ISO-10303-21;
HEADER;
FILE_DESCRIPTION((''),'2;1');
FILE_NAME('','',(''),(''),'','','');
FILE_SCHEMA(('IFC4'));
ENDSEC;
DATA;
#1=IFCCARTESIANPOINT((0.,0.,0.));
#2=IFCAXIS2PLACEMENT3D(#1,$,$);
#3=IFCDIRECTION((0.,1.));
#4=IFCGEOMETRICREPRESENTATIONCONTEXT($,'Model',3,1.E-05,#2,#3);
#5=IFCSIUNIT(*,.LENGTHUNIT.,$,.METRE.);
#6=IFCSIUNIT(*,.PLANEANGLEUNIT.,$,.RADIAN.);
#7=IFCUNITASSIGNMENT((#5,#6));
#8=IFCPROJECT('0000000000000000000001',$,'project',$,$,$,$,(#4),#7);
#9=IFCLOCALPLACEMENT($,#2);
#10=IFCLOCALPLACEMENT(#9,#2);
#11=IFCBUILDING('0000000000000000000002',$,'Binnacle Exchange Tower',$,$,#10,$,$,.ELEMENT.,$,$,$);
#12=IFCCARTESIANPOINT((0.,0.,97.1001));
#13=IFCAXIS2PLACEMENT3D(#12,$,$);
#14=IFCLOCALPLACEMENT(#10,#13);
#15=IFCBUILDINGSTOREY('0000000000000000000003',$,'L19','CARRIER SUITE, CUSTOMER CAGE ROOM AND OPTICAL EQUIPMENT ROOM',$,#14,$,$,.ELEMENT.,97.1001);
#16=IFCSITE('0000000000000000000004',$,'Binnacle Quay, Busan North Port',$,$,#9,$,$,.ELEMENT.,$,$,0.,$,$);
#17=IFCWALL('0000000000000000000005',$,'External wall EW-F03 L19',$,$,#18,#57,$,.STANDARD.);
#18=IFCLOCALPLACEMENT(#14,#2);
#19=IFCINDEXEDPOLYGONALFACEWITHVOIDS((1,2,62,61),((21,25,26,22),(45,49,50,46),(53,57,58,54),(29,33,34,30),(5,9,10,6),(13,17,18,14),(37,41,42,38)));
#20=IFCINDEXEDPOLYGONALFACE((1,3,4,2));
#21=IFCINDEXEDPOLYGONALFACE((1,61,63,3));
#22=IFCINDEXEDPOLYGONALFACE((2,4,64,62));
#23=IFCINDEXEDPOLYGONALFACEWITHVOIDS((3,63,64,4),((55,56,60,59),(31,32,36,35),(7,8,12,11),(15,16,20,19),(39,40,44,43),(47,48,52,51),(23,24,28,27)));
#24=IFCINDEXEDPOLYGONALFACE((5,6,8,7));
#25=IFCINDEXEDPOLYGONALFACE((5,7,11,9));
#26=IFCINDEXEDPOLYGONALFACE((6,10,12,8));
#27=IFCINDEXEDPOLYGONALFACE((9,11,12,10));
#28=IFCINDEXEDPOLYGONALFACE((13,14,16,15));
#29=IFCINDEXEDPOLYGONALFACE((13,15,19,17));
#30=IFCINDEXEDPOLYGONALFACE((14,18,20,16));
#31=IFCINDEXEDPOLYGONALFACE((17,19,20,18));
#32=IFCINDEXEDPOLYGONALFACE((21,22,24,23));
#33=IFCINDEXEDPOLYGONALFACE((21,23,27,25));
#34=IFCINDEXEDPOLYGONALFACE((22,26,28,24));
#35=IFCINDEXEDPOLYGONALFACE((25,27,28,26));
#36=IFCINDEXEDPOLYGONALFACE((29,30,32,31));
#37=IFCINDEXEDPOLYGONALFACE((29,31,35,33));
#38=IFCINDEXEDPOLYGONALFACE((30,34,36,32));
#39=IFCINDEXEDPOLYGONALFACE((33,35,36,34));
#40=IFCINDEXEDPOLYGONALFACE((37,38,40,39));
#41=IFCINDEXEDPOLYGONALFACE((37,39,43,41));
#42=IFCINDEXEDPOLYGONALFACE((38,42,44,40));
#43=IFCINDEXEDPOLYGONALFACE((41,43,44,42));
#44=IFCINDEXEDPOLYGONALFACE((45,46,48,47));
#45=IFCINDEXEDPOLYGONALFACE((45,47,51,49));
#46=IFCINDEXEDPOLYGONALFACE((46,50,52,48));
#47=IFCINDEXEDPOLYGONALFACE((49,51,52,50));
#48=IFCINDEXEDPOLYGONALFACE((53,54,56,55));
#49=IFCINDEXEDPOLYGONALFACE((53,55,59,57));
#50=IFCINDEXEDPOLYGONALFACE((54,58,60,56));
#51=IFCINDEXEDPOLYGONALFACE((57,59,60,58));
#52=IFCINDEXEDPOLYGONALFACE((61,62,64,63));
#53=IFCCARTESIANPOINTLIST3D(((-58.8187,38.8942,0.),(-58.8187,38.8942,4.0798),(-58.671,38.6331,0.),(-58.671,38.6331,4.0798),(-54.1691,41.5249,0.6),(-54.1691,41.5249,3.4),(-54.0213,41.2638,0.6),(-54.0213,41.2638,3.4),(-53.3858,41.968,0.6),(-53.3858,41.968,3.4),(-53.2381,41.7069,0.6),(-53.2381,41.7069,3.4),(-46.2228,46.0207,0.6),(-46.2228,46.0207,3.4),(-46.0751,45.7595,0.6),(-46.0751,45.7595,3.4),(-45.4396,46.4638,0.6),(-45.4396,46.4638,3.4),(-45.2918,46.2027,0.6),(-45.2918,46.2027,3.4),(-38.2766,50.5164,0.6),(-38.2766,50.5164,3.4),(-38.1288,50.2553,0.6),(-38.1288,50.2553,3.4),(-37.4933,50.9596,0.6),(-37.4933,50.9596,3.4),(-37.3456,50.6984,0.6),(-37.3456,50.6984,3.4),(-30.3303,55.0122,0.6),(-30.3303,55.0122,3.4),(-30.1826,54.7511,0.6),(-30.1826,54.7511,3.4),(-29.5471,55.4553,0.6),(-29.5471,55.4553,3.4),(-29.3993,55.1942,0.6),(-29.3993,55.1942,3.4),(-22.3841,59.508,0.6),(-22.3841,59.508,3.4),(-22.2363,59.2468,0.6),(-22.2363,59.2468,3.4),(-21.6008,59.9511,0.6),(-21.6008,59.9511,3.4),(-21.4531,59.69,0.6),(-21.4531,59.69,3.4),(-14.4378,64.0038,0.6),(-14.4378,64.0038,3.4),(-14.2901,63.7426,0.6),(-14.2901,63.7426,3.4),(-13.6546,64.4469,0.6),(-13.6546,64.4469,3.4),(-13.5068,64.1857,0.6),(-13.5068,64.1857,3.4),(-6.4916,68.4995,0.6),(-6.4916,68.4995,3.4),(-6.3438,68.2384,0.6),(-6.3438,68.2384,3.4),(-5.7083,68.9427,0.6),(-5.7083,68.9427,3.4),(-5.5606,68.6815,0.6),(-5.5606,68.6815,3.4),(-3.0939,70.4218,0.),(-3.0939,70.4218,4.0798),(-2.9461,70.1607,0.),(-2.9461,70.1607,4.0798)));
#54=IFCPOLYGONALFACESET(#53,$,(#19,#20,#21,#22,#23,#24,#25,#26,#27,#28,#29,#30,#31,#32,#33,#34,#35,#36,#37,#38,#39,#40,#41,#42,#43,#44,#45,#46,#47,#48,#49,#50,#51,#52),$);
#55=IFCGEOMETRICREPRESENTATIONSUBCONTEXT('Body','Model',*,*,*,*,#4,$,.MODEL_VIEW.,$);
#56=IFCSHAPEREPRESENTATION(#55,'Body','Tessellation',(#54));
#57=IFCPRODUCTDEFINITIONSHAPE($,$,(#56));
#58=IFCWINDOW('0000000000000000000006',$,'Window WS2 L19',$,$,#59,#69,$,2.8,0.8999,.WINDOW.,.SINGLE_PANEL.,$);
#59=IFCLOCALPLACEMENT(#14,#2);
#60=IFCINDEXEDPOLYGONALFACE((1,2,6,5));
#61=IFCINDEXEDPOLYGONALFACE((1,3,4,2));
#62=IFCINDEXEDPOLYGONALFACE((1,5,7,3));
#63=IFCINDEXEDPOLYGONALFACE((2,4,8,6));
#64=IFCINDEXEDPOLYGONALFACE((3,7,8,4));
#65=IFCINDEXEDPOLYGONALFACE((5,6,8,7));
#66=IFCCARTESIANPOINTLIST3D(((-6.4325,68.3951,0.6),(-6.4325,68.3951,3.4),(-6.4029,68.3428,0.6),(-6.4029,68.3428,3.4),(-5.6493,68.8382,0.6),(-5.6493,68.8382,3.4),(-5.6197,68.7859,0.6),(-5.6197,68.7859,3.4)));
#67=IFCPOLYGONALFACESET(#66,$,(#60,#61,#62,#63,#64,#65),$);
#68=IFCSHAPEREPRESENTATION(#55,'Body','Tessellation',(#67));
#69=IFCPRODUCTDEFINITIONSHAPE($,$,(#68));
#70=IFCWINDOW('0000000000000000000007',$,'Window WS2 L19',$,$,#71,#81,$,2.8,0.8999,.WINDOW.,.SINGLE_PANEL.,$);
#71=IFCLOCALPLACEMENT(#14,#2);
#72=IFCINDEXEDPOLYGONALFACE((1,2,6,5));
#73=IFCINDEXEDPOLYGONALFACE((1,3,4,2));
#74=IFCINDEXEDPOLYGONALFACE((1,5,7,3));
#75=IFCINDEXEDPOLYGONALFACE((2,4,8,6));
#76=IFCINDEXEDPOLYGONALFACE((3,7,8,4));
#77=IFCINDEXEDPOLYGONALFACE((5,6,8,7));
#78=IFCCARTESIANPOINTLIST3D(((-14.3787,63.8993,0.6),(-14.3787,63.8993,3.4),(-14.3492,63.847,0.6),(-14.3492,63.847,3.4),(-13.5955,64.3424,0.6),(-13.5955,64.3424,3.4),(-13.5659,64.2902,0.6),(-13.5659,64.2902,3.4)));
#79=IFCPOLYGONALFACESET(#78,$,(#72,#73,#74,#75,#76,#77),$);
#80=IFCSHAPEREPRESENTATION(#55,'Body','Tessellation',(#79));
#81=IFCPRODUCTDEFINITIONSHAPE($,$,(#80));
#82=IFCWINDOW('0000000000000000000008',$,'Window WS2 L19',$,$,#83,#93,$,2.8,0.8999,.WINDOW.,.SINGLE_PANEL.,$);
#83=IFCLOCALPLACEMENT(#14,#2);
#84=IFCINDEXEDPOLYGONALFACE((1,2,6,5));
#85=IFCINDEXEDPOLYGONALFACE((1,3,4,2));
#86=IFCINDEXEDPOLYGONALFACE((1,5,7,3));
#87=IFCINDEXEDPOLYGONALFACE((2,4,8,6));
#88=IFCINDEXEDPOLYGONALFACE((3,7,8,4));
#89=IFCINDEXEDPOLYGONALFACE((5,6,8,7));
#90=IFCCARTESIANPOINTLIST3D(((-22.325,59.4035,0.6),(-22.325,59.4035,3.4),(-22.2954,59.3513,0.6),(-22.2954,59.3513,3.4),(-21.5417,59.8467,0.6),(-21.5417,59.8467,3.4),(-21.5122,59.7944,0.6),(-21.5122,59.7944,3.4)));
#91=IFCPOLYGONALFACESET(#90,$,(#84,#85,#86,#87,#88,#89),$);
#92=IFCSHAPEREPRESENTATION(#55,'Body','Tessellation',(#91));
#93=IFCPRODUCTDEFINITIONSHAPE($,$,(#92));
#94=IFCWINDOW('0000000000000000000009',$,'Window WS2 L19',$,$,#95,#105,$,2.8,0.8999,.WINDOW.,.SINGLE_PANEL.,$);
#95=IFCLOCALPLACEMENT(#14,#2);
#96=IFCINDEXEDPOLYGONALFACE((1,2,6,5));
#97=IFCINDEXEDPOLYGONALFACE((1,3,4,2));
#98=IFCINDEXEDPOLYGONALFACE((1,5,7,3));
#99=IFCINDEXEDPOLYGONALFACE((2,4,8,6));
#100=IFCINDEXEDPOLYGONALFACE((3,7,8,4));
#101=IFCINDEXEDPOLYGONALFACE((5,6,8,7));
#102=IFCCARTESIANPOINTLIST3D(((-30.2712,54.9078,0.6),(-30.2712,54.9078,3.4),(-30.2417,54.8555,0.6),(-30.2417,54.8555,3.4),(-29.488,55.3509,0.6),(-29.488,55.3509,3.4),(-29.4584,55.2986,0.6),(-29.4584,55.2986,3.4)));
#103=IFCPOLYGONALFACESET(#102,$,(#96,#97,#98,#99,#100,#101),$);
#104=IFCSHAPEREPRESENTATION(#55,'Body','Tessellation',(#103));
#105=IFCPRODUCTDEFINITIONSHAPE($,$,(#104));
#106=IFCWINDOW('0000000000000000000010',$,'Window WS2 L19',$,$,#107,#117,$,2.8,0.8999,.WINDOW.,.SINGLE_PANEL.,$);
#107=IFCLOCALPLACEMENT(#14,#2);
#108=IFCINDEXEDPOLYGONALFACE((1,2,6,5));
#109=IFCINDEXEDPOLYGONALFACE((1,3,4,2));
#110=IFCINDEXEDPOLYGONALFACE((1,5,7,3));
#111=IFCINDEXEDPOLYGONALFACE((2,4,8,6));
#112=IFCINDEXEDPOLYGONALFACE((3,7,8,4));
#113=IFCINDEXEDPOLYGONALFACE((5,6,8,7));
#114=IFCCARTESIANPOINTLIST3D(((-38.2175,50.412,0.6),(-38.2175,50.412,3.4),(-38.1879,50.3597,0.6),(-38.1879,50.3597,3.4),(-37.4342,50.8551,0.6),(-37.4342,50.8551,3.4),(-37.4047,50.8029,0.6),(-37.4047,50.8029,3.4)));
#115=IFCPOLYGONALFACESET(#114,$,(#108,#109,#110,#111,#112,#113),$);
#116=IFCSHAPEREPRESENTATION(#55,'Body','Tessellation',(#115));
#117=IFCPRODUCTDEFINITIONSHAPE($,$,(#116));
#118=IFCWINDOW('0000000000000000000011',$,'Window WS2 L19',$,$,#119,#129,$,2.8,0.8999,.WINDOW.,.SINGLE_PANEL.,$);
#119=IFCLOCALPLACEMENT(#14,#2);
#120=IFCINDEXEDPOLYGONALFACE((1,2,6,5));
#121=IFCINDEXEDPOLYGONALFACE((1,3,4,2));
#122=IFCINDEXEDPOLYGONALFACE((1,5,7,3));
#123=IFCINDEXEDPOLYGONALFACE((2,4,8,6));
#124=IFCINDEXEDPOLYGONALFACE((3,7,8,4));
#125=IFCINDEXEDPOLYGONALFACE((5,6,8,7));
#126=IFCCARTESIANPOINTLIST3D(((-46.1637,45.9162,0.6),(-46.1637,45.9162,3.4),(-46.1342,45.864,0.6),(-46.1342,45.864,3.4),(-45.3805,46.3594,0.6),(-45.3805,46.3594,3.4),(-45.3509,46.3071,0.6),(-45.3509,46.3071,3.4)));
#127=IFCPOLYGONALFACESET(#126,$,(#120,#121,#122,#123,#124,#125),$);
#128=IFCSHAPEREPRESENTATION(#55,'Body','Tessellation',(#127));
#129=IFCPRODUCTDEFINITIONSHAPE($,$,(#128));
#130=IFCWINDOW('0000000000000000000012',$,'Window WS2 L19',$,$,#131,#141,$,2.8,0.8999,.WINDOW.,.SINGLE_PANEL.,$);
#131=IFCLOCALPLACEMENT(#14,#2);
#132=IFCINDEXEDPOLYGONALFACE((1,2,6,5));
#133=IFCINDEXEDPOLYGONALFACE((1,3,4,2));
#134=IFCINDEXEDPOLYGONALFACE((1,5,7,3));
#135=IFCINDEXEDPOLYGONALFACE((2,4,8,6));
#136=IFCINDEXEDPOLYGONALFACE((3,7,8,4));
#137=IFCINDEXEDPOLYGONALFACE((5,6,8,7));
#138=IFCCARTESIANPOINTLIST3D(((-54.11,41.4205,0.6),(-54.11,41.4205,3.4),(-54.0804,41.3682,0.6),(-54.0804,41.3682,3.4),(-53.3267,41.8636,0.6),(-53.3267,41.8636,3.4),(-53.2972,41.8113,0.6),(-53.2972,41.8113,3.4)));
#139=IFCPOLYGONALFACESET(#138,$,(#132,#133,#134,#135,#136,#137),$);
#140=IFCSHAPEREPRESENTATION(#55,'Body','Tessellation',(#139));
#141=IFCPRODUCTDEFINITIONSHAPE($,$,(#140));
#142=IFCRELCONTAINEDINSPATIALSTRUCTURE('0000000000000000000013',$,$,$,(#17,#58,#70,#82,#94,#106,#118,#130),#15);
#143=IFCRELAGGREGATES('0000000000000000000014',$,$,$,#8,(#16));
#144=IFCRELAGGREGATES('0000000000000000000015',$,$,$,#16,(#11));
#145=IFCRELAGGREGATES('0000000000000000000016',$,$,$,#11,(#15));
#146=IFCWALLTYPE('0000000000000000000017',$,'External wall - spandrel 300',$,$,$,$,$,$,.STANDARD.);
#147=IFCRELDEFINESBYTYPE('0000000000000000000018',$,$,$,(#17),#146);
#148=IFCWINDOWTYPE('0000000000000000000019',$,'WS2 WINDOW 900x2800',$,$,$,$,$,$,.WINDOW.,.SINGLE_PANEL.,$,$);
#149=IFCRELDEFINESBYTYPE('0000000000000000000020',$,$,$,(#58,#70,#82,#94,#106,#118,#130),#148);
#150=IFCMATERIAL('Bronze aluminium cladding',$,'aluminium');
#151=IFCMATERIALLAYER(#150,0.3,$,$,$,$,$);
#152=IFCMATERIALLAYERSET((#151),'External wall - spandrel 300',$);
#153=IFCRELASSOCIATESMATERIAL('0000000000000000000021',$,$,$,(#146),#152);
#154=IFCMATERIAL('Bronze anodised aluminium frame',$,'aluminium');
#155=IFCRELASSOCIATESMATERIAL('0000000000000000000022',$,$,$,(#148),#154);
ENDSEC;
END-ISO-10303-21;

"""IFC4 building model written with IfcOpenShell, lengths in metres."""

from ifc_helpers import new_model, si_unit, direction, frame, frame_2d, origin, place, context, subcontext, project, spatial, rectangle, extrude, material, layer, layer_set, type_object, element, fill, save


model = new_model("IFC4")

# Units and contexts
model_context = context("Model", 3, precision=1e-05, world=origin(), true_north=direction((0.0, 1.0)))
body_context = subcontext(model_context, "Body", "Model", "MODEL_VIEW")
ifc_project = project(units=[si_unit("LENGTHUNIT", "METRE"), si_unit("PLANEANGLEUNIT", "RADIAN")], contexts=[model_context])

# Site, building, storey
site_placement = place(None, origin())
site = spatial("IfcSite", under=ifc_project, at=site_placement, Name="Binnacle Quay, Busan North Port", CompositionType="ELEMENT", RefElevation=0.0)
building_placement = place(site_placement, origin())
building = spatial("IfcBuilding", under=site, at=building_placement, Name="Binnacle Exchange Tower", CompositionType="ELEMENT")
storey_placement = place(building_placement, frame((0.0, 0.0, 97.1001)))
storey = spatial("IfcBuildingStorey", under=building, at=storey_placement, Name="L19", Description="CARRIER SUITE, CUSTOMER CAGE ROOM AND OPTICAL EQUIPMENT ROOM", CompositionType="ELEMENT", Elevation=97.1001)

# Wall, openings, windows
ifc_material_1 = material(Name="Bronze aluminium cladding", Category="aluminium")
ifc_layer_1 = layer(ifc_material_1, 0.3)
ifc_layer_set_1 = layer_set([ifc_layer_1], Name="External wall - spandrel 300")
wall_type_1 = type_object("IfcWallType", Name="External wall - spandrel 300", PredefinedType="STANDARD", material=ifc_layer_set_1)
wall_1_placement = place(storey_placement, frame((-58.7449, 38.7637, 0.0), z_axis=(0.0, 0.0, 1.0), x_axis=(0.870356, 0.492423, 0.0)))
wall_1 = element("IfcWall", 1, at=wall_1_placement, inside=storey, type_object=wall_type_1, Name="External wall EW-F03 L19", PredefinedType="STANDARD", context=body_context, shape_type="SweptSolid", body=[
    extrude(rectangle(XDim=64.0254, YDim=0.3, at=frame_2d((32.0127, 0.0))), origin(), (0.0, 0.0, 1.0), 4.0798),
])
opening_1_placement = place(wall_1_placement, frame((60.1216, 0.0, 0.6001)))
opening_1 = element("IfcOpeningElement", 2, at=opening_1_placement, cuts=wall_1, PredefinedType="OPENING", context=body_context, shape_type="SweptSolid", body=[
    extrude(rectangle(XDim=0.8999, YDim=2.8, at=frame_2d((0.45, 1.3999))), frame((0.0, 0.1599, 0.0), z_axis=(0.0, -1.0, 0.0), x_axis=(1.0, 0.0, 0.0)), (0.0, 0.0, 1.0), 0.3201),
])
opening_2_placement = place(wall_1_placement, frame((50.9917, 0.0, 0.6001)))
opening_2 = element("IfcOpeningElement", 3, at=opening_2_placement, cuts=wall_1, PredefinedType="OPENING", context=body_context, shape_type="SweptSolid", body=[
    extrude(rectangle(XDim=0.8999, YDim=2.8, at=frame_2d((0.45, 1.3999))), frame((0.0, 0.1599, 0.0), z_axis=(0.0, -1.0, 0.0), x_axis=(1.0, 0.0, 0.0)), (0.0, 0.0, 1.0), 0.3201),
])
opening_3_placement = place(wall_1_placement, frame((41.8618, 0.0, 0.6001)))
opening_3 = element("IfcOpeningElement", 4, at=opening_3_placement, cuts=wall_1, PredefinedType="OPENING", context=body_context, shape_type="SweptSolid", body=[
    extrude(rectangle(XDim=0.8999, YDim=2.8, at=frame_2d((0.45, 1.3999))), frame((0.0, 0.1599, 0.0), z_axis=(0.0, -1.0, 0.0), x_axis=(1.0, 0.0, 0.0)), (0.0, 0.0, 1.0), 0.3201),
])
opening_4_placement = place(wall_1_placement, frame((32.7319, 0.0, 0.6001)))
opening_4 = element("IfcOpeningElement", 5, at=opening_4_placement, cuts=wall_1, PredefinedType="OPENING", context=body_context, shape_type="SweptSolid", body=[
    extrude(rectangle(XDim=0.8999, YDim=2.8, at=frame_2d((0.45, 1.3999))), frame((0.0, 0.1599, 0.0), z_axis=(0.0, -1.0, 0.0), x_axis=(1.0, 0.0, 0.0)), (0.0, 0.0, 1.0), 0.3201),
])
opening_5_placement = place(wall_1_placement, frame((23.6021, 0.0, 0.6001)))
opening_5 = element("IfcOpeningElement", 6, at=opening_5_placement, cuts=wall_1, PredefinedType="OPENING", context=body_context, shape_type="SweptSolid", body=[
    extrude(rectangle(XDim=0.8999, YDim=2.8, at=frame_2d((0.45, 1.3999))), frame((0.0, 0.1599, 0.0), z_axis=(0.0, -1.0, 0.0), x_axis=(1.0, 0.0, 0.0)), (0.0, 0.0, 1.0), 0.3201),
])
opening_6_placement = place(wall_1_placement, frame((14.4722, 0.0, 0.6001)))
opening_6 = element("IfcOpeningElement", 7, at=opening_6_placement, cuts=wall_1, PredefinedType="OPENING", context=body_context, shape_type="SweptSolid", body=[
    extrude(rectangle(XDim=0.8999, YDim=2.8, at=frame_2d((0.45, 1.3999))), frame((0.0, 0.1599, 0.0), z_axis=(0.0, -1.0, 0.0), x_axis=(1.0, 0.0, 0.0)), (0.0, 0.0, 1.0), 0.3201),
])
opening_7_placement = place(wall_1_placement, frame((5.3423, 0.0, 0.6001)))
opening_7 = element("IfcOpeningElement", 8, at=opening_7_placement, cuts=wall_1, PredefinedType="OPENING", context=body_context, shape_type="SweptSolid", body=[
    extrude(rectangle(XDim=0.8999, YDim=2.8, at=frame_2d((0.45, 1.3999))), frame((0.0, 0.1599, 0.0), z_axis=(0.0, -1.0, 0.0), x_axis=(1.0, 0.0, 0.0)), (0.0, 0.0, 1.0), 0.3201),
])
ifc_material_2 = material(Name="Bronze anodised aluminium frame", Category="aluminium")
window_type = type_object("IfcWindowType", Name="WS2 WINDOW 900x2800", PartitioningType="SINGLE_PANEL", PredefinedType="WINDOW", material=ifc_material_2)
window_1_placement = place(opening_1_placement, origin())
window_1 = element("IfcWindow", 9, at=window_1_placement, inside=storey, type_object=window_type, Name="Window WS2 L19", OverallHeight=2.8, OverallWidth=0.8999, PartitioningType="SINGLE_PANEL", PredefinedType="WINDOW", context=body_context, shape_type="SweptSolid", body=[
    extrude(rectangle(XDim=0.8999, YDim=2.8, at=frame_2d((0.45, 1.3999))), frame((0.0, 0.03, 0.0), z_axis=(0.0, -1.0, 0.0), x_axis=(1.0, 0.0, 0.0)), (0.0, 0.0, 1.0), 0.0601),
])
fill(opening_1, window_1)
window_2_placement = place(opening_2_placement, origin())
window_2 = element("IfcWindow", 10, at=window_2_placement, inside=storey, type_object=window_type, Name="Window WS2 L19", OverallHeight=2.8, OverallWidth=0.8999, PartitioningType="SINGLE_PANEL", PredefinedType="WINDOW", context=body_context, shape_type="SweptSolid", body=[
    extrude(rectangle(XDim=0.8999, YDim=2.8, at=frame_2d((0.45, 1.3999))), frame((0.0, 0.03, 0.0), z_axis=(0.0, -1.0, 0.0), x_axis=(1.0, 0.0, 0.0)), (0.0, 0.0, 1.0), 0.0601),
])
fill(opening_2, window_2)
window_3_placement = place(opening_3_placement, origin())
window_3 = element("IfcWindow", 11, at=window_3_placement, inside=storey, type_object=window_type, Name="Window WS2 L19", OverallHeight=2.8, OverallWidth=0.8999, PartitioningType="SINGLE_PANEL", PredefinedType="WINDOW", context=body_context, shape_type="SweptSolid", body=[
    extrude(rectangle(XDim=0.8999, YDim=2.8, at=frame_2d((0.45, 1.3999))), frame((0.0, 0.03, 0.0), z_axis=(0.0, -1.0, 0.0), x_axis=(1.0, 0.0, 0.0)), (0.0, 0.0, 1.0), 0.0601),
])
fill(opening_3, window_3)
window_4_placement = place(opening_4_placement, origin())
window_4 = element("IfcWindow", 12, at=window_4_placement, inside=storey, type_object=window_type, Name="Window WS2 L19", OverallHeight=2.8, OverallWidth=0.8999, PartitioningType="SINGLE_PANEL", PredefinedType="WINDOW", context=body_context, shape_type="SweptSolid", body=[
    extrude(rectangle(XDim=0.8999, YDim=2.8, at=frame_2d((0.45, 1.3999))), frame((0.0, 0.03, 0.0), z_axis=(0.0, -1.0, 0.0), x_axis=(1.0, 0.0, 0.0)), (0.0, 0.0, 1.0), 0.0601),
])
fill(opening_4, window_4)
window_5_placement = place(opening_5_placement, origin())
window_5 = element("IfcWindow", 13, at=window_5_placement, inside=storey, type_object=window_type, Name="Window WS2 L19", OverallHeight=2.8, OverallWidth=0.8999, PartitioningType="SINGLE_PANEL", PredefinedType="WINDOW", context=body_context, shape_type="SweptSolid", body=[
    extrude(rectangle(XDim=0.8999, YDim=2.8, at=frame_2d((0.45, 1.3999))), frame((0.0, 0.03, 0.0), z_axis=(0.0, -1.0, 0.0), x_axis=(1.0, 0.0, 0.0)), (0.0, 0.0, 1.0), 0.0601),
])
fill(opening_5, window_5)
window_6_placement = place(opening_6_placement, origin())
window_6 = element("IfcWindow", 14, at=window_6_placement, inside=storey, type_object=window_type, Name="Window WS2 L19", OverallHeight=2.8, OverallWidth=0.8999, PartitioningType="SINGLE_PANEL", PredefinedType="WINDOW", context=body_context, shape_type="SweptSolid", body=[
    extrude(rectangle(XDim=0.8999, YDim=2.8, at=frame_2d((0.45, 1.3999))), frame((0.0, 0.03, 0.0), z_axis=(0.0, -1.0, 0.0), x_axis=(1.0, 0.0, 0.0)), (0.0, 0.0, 1.0), 0.0601),
])
fill(opening_6, window_6)
window_7_placement = place(opening_7_placement, origin())
window_7 = element("IfcWindow", 15, at=window_7_placement, inside=storey, type_object=window_type, Name="Window WS2 L19", OverallHeight=2.8, OverallWidth=0.8999, PartitioningType="SINGLE_PANEL", PredefinedType="WINDOW", context=body_context, shape_type="SweptSolid", body=[
    extrude(rectangle(XDim=0.8999, YDim=2.8, at=frame_2d((0.45, 1.3999))), frame((0.0, 0.03, 0.0), z_axis=(0.0, -1.0, 0.0), x_axis=(1.0, 0.0, 0.0)), (0.0, 0.0, 1.0), 0.0601),
])
fill(opening_7, window_7)

save(model, "model.ifc")
